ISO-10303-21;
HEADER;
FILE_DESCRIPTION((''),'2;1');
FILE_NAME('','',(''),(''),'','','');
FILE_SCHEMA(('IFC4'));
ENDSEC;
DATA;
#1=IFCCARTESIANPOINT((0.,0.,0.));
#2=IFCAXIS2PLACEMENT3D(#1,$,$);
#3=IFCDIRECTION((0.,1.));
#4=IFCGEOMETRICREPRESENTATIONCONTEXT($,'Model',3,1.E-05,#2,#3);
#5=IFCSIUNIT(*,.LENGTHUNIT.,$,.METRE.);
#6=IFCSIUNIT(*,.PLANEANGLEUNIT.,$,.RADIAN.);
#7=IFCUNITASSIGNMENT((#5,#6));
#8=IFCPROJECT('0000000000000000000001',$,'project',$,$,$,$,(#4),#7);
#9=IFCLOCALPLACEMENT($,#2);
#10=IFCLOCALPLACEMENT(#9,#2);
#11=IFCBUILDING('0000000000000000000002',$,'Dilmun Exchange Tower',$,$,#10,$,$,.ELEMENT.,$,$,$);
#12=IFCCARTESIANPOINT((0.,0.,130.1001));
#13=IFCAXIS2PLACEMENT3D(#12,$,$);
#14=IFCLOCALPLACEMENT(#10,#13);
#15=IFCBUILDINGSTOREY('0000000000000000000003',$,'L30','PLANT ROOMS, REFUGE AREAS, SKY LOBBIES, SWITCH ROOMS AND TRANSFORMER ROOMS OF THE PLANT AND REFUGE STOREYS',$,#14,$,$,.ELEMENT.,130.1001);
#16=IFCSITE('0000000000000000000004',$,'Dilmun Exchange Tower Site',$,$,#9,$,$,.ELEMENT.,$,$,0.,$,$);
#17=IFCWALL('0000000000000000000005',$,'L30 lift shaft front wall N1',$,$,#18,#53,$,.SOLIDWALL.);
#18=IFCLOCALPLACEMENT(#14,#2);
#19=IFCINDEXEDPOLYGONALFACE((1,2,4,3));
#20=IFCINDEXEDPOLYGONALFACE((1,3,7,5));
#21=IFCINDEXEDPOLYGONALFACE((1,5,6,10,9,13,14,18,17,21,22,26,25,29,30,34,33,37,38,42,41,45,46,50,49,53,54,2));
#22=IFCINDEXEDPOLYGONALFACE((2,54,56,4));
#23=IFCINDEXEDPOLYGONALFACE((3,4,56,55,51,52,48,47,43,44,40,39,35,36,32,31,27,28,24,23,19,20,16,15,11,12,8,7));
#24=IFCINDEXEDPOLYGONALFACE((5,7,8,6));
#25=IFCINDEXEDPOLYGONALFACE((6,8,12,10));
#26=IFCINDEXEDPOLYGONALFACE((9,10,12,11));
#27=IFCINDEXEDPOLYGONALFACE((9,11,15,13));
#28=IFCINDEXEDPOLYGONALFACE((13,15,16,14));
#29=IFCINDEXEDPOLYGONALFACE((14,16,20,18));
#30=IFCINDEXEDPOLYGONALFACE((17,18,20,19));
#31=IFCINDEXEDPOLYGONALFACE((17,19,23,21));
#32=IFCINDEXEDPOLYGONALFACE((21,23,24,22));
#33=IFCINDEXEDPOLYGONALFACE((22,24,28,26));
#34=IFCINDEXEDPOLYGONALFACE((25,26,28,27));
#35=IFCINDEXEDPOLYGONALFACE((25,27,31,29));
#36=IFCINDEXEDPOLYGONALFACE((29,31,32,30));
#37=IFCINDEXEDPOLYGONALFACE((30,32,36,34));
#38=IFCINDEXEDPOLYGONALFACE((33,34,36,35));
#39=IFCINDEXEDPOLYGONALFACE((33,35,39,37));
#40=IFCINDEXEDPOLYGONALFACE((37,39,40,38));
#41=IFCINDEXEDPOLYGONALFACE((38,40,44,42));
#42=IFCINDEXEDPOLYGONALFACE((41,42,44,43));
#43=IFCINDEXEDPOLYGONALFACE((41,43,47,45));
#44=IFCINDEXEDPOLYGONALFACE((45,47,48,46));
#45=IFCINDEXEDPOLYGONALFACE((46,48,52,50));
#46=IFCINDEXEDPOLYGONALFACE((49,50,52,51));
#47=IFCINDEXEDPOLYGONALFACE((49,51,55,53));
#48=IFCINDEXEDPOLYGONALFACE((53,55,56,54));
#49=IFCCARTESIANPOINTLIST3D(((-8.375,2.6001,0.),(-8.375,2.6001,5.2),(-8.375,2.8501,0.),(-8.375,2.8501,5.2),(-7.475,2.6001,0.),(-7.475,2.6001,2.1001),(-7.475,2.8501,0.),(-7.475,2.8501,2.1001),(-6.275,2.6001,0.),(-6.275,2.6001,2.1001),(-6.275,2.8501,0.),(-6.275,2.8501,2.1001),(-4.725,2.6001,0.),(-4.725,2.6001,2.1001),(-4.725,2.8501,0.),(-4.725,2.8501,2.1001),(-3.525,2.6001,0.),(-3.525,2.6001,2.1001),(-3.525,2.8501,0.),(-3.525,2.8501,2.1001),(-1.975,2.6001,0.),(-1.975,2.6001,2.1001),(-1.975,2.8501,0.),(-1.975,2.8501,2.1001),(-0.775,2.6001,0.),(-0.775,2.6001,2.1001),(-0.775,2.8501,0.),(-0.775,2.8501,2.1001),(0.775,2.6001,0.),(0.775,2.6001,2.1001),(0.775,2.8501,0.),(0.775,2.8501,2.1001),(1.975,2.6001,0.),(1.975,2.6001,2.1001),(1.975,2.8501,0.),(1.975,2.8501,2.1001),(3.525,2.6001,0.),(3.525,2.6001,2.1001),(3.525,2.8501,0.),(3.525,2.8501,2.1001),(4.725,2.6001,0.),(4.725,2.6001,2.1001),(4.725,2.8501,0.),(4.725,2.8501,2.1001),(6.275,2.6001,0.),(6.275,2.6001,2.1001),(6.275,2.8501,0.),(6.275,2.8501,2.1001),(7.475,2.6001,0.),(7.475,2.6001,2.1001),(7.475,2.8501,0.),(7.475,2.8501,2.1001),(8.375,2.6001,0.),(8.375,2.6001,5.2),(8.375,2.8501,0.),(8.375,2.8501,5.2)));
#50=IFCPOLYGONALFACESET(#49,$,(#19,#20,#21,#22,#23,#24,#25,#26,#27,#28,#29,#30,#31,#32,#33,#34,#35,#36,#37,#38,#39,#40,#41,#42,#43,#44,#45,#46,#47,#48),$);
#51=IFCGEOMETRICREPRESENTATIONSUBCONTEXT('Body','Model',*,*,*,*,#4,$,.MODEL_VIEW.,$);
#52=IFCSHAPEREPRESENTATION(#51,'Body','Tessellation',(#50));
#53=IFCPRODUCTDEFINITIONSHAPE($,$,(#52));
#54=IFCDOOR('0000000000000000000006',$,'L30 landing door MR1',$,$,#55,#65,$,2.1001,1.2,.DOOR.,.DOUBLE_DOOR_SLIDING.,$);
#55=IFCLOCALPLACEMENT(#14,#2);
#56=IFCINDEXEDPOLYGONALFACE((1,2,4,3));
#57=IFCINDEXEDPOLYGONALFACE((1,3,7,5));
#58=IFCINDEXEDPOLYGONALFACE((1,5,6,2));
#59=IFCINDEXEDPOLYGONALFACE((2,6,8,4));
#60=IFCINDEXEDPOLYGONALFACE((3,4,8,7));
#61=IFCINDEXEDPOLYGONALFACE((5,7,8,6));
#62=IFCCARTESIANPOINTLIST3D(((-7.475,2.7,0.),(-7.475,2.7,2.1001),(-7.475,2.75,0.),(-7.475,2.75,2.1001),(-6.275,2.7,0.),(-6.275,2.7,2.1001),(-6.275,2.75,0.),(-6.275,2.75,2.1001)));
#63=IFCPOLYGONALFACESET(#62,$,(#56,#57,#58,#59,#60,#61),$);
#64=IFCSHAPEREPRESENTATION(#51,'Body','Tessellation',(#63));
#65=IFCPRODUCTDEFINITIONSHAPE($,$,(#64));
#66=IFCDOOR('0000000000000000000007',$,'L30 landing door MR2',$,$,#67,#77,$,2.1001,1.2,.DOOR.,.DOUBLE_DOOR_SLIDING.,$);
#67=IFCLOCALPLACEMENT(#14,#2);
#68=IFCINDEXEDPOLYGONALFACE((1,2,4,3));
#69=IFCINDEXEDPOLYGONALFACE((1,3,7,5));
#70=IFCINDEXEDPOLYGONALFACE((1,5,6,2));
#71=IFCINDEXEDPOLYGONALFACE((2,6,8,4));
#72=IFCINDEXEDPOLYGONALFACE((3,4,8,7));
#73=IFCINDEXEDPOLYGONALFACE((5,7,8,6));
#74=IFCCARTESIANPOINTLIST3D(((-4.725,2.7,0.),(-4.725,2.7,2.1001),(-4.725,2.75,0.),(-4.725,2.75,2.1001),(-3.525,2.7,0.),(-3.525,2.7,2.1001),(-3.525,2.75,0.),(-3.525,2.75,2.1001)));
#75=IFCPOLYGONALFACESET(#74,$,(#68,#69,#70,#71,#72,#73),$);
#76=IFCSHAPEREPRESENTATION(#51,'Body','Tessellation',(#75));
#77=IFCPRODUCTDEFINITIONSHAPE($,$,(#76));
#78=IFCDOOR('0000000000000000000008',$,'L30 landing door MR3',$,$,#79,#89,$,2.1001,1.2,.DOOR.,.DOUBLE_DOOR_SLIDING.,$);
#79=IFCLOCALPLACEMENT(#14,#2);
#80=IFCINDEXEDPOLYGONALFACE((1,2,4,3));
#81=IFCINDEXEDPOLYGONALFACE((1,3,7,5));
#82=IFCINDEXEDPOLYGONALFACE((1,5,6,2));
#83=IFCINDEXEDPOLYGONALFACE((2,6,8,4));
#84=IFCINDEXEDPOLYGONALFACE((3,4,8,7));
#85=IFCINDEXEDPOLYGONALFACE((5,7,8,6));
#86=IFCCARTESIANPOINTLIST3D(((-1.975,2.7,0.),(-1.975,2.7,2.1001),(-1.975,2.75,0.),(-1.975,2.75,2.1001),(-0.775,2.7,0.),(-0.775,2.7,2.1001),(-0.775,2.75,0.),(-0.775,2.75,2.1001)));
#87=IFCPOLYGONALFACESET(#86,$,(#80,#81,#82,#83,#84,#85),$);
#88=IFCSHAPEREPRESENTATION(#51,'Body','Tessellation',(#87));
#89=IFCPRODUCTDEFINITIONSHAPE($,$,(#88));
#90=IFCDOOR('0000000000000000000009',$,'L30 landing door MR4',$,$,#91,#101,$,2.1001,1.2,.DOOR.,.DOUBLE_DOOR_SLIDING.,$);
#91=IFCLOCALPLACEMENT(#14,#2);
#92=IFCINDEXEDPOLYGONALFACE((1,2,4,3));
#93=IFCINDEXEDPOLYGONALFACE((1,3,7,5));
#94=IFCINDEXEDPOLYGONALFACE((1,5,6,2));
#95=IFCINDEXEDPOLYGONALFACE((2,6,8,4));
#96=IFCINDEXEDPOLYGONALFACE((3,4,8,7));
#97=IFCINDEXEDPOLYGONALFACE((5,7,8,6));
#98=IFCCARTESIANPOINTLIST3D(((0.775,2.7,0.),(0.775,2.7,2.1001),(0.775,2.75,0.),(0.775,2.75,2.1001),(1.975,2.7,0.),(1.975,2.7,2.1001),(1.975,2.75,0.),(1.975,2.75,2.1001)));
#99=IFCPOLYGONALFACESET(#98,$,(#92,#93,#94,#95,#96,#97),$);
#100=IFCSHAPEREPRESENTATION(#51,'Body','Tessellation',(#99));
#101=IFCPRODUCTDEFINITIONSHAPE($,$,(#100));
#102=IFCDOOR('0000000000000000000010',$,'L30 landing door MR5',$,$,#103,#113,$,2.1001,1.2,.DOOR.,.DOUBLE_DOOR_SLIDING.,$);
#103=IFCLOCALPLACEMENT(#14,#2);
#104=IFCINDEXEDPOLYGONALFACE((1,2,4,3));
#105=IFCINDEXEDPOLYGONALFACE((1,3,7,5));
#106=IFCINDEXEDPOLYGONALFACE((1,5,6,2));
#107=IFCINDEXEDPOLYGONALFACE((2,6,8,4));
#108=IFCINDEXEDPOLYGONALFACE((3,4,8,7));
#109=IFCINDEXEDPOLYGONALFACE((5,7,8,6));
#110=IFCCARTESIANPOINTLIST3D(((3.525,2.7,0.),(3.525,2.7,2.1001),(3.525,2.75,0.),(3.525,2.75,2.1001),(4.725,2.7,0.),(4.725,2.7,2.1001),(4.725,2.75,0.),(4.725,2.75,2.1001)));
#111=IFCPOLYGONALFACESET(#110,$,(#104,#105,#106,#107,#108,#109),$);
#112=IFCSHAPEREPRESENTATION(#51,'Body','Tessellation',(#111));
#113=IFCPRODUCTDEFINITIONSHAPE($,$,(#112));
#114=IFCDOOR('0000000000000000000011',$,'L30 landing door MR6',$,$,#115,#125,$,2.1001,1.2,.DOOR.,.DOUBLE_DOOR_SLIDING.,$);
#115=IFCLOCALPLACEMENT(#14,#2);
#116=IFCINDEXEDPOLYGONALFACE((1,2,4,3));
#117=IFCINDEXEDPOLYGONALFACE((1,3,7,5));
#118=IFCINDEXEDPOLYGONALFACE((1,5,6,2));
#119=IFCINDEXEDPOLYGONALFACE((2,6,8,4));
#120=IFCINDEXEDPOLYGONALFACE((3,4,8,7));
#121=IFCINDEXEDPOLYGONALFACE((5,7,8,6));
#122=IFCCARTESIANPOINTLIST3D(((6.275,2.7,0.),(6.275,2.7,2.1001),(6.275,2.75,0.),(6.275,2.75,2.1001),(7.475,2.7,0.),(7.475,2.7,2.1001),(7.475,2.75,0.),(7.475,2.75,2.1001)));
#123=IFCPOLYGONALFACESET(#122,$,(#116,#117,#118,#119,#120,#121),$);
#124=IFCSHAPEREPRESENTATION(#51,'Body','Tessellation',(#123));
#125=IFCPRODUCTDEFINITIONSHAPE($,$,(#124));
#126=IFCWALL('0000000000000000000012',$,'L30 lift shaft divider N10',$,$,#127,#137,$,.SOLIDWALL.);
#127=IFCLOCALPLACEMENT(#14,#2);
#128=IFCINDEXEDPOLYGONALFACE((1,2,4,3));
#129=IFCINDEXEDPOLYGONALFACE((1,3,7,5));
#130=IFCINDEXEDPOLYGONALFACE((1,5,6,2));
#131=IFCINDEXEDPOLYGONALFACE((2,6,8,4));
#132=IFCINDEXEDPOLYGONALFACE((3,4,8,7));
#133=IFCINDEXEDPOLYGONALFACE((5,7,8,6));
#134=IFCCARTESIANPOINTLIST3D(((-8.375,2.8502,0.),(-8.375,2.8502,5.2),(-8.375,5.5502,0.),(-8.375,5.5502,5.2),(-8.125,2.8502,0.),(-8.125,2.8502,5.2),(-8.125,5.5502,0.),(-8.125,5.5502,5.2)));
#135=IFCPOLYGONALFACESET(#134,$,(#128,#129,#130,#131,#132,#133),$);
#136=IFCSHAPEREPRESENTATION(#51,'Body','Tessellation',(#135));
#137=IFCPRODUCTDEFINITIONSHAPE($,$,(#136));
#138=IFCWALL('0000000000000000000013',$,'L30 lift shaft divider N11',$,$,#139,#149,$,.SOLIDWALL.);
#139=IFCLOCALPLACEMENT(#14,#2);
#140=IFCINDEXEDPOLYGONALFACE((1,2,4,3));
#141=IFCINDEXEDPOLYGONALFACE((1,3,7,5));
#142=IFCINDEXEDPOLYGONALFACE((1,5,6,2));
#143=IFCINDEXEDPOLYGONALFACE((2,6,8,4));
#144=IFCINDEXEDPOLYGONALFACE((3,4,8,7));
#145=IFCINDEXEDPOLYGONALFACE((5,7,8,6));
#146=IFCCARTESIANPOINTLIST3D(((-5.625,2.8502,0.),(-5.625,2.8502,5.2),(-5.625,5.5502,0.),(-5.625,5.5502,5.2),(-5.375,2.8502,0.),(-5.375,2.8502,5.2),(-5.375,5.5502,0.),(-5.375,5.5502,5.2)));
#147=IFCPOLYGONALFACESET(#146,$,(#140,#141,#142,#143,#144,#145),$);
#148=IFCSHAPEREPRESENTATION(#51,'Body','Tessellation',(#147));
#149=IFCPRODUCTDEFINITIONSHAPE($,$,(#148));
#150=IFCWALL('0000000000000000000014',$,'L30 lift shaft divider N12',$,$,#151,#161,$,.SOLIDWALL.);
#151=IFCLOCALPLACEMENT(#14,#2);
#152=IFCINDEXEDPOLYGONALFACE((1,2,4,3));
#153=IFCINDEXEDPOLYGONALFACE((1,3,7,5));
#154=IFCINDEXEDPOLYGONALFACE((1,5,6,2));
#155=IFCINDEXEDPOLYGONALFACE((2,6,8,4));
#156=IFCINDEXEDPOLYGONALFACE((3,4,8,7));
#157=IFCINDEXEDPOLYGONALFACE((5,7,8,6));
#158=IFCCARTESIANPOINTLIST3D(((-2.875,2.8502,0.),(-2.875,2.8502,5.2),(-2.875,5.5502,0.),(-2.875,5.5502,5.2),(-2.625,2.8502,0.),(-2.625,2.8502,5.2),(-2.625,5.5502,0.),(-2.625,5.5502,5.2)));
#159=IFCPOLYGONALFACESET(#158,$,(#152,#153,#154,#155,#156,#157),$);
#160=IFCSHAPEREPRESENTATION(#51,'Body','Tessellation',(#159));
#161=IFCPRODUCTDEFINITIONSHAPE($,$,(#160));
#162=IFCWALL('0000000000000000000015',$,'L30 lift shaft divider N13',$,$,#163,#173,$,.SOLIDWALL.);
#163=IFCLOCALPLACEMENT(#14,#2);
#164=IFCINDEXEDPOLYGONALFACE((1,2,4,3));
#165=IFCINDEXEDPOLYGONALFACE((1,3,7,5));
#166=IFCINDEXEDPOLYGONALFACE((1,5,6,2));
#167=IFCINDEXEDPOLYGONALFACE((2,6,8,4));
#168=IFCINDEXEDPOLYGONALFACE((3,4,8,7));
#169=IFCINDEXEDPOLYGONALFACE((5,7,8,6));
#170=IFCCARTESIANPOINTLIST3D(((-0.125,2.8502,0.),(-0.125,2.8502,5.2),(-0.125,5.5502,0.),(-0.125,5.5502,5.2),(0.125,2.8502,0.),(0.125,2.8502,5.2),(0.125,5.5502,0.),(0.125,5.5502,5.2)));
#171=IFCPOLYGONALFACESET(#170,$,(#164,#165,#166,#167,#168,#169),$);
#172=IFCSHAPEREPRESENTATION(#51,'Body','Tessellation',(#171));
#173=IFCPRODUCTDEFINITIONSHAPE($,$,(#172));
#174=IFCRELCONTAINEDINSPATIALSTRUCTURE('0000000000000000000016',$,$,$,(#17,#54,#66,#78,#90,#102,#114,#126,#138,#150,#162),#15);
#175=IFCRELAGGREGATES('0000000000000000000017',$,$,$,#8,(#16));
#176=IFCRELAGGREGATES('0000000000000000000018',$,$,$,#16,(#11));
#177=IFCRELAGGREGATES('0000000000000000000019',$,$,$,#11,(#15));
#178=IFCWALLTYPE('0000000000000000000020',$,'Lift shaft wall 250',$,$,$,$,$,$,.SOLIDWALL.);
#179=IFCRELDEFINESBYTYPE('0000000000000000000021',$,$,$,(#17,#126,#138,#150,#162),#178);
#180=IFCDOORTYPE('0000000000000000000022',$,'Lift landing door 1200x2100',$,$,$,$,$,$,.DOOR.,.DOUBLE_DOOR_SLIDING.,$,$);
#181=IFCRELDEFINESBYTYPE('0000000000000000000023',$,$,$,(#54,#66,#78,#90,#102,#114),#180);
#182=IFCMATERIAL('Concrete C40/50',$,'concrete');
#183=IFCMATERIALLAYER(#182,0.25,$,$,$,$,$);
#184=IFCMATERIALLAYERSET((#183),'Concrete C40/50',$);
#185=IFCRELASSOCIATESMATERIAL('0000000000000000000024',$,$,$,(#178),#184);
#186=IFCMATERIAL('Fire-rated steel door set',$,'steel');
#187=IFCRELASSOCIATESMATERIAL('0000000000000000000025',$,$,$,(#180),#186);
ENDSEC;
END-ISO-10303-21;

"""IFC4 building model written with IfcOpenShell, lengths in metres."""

from ifc_helpers import new_model, si_unit, direction, frame, frame_2d, origin, place, context, subcontext, project, spatial, rectangle, extrude, material, layer, layer_set, type_object, element, fill, save


model = new_model("IFC4")

# Units and contexts
model_context = context("Model", 3, precision=1e-05, world=origin(), true_north=direction((0.0, 1.0)))
body_context = subcontext(model_context, "Body", "Model", "MODEL_VIEW")
ifc_project = project(units=[si_unit("LENGTHUNIT", "METRE"), si_unit("PLANEANGLEUNIT", "RADIAN")], contexts=[model_context])

# Site, building, storey
site_placement = place(None, origin())
site = spatial("IfcSite", under=ifc_project, at=site_placement, Name="Dilmun Exchange Tower Site", CompositionType="ELEMENT", RefElevation=0.0)
building_placement = place(site_placement, origin())
building = spatial("IfcBuilding", under=site, at=building_placement, Name="Dilmun Exchange Tower", CompositionType="ELEMENT")
storey_placement = place(building_placement, frame((0.0, 0.0, 130.1001)))
storey = spatial("IfcBuildingStorey", under=building, at=storey_placement, Name="L30", Description="PLANT ROOMS, REFUGE AREAS, SKY LOBBIES, SWITCH ROOMS AND TRANSFORMER ROOMS OF THE PLANT AND REFUGE STOREYS", CompositionType="ELEMENT", Elevation=130.1001)

# Shared definitions
ifc_material_1 = material(Name="Concrete C40/50", Category="concrete")

# Shared definitions
ifc_material_2 = material(Name="Fire-rated steel door set", Category="steel")

# Wall, openings, doors
ifc_layer_1 = layer(ifc_material_1, 0.25)
ifc_layer_set_1 = layer_set([ifc_layer_1], Name="Concrete C40/50")
wall_type_1 = type_object("IfcWallType", Name="Lift shaft wall 250", PredefinedType="SOLIDWALL", material=ifc_layer_set_1)
wall_1_placement = place(storey_placement, frame((-8.375, 2.7251, 0.0), z_axis=(0.0, 0.0, 1.0), x_axis=(1.0, 0.0, 0.0)))
wall_1 = element("IfcWall", 1, at=wall_1_placement, inside=storey, type_object=wall_type_1, Name="L30 lift shaft front wall N1", PredefinedType="SOLIDWALL", context=body_context, shape_type="SweptSolid", body=[
    extrude(rectangle(XDim=16.75, YDim=0.25, at=frame_2d((8.375, 0.0))), origin(), (0.0, 0.0, 1.0), 5.2),
])
opening_1_placement = place(wall_1_placement, frame((0.8999, 0.0, 0.0)))
opening_1 = element("IfcOpeningElement", 2, at=opening_1_placement, cuts=wall_1, PredefinedType="OPENING", context=body_context, shape_type="SweptSolid", body=[
    extrude(rectangle(XDim=1.2, YDim=2.1001, at=frame_2d((0.6001, 1.05))), frame((0.0, 0.135, 0.0), z_axis=(0.0, -1.0, 0.0), x_axis=(1.0, 0.0, 0.0)), (0.0, 0.0, 1.0), 0.27),
])
opening_2_placement = place(wall_1_placement, frame((3.6499, 0.0, 0.0)))
opening_2 = element("IfcOpeningElement", 3, at=opening_2_placement, cuts=wall_1, PredefinedType="OPENING", context=body_context, shape_type="SweptSolid", body=[
    extrude(rectangle(XDim=1.2, YDim=2.1001, at=frame_2d((0.6001, 1.05))), frame((0.0, 0.135, 0.0), z_axis=(0.0, -1.0, 0.0), x_axis=(1.0, 0.0, 0.0)), (0.0, 0.0, 1.0), 0.27),
])
opening_3_placement = place(wall_1_placement, frame((6.3999, 0.0, 0.0)))
opening_3 = element("IfcOpeningElement", 4, at=opening_3_placement, cuts=wall_1, PredefinedType="OPENING", context=body_context, shape_type="SweptSolid", body=[
    extrude(rectangle(XDim=1.2, YDim=2.1001, at=frame_2d((0.6001, 1.05))), frame((0.0, 0.135, 0.0), z_axis=(0.0, -1.0, 0.0), x_axis=(1.0, 0.0, 0.0)), (0.0, 0.0, 1.0), 0.27),
])
opening_4_placement = place(wall_1_placement, frame((9.1499, 0.0, 0.0)))
opening_4 = element("IfcOpeningElement", 5, at=opening_4_placement, cuts=wall_1, PredefinedType="OPENING", context=body_context, shape_type="SweptSolid", body=[
    extrude(rectangle(XDim=1.2, YDim=2.1001, at=frame_2d((0.6001, 1.05))), frame((0.0, 0.135, 0.0), z_axis=(0.0, -1.0, 0.0), x_axis=(1.0, 0.0, 0.0)), (0.0, 0.0, 1.0), 0.27),
])
opening_5_placement = place(wall_1_placement, frame((11.8999, 0.0, 0.0)))
opening_5 = element("IfcOpeningElement", 6, at=opening_5_placement, cuts=wall_1, PredefinedType="OPENING", context=body_context, shape_type="SweptSolid", body=[
    extrude(rectangle(XDim=1.2, YDim=2.1001, at=frame_2d((0.6001, 1.05))), frame((0.0, 0.135, 0.0), z_axis=(0.0, -1.0, 0.0), x_axis=(1.0, 0.0, 0.0)), (0.0, 0.0, 1.0), 0.27),
])
opening_6_placement = place(wall_1_placement, frame((14.6499, 0.0, 0.0)))
opening_6 = element("IfcOpeningElement", 7, at=opening_6_placement, cuts=wall_1, PredefinedType="OPENING", context=body_context, shape_type="SweptSolid", body=[
    extrude(rectangle(XDim=1.2, YDim=2.1001, at=frame_2d((0.6001, 1.05))), frame((0.0, 0.135, 0.0), z_axis=(0.0, -1.0, 0.0), x_axis=(1.0, 0.0, 0.0)), (0.0, 0.0, 1.0), 0.27),
])
door_type_1 = type_object("IfcDoorType", Name="Lift landing door 1200x2100", OperationType="DOUBLE_DOOR_SLIDING", PredefinedType="DOOR", material=ifc_material_2)
door_1_placement = place(opening_1_placement, origin())
door_1 = element("IfcDoor", 8, at=door_1_placement, inside=storey, type_object=door_type_1, Name="L30 landing door MR1", OperationType="DOUBLE_DOOR_SLIDING", OverallHeight=2.1001, OverallWidth=1.2, PredefinedType="DOOR", context=body_context, shape_type="SweptSolid", body=[
    extrude(rectangle(XDim=1.2, YDim=2.1001, at=frame_2d((0.6001, 1.05))), frame((0.0, 0.0249, 0.0), z_axis=(0.0, -1.0, 0.0), x_axis=(1.0, 0.0, 0.0)), (0.0, 0.0, 1.0), 0.05),
])
fill(opening_1, door_1)
door_2_placement = place(opening_2_placement, origin())
door_2 = element("IfcDoor", 9, at=door_2_placement, inside=storey, type_object=door_type_1, Name="L30 landing door MR2", OperationType="DOUBLE_DOOR_SLIDING", OverallHeight=2.1001, OverallWidth=1.2, PredefinedType="DOOR", context=body_context, shape_type="SweptSolid", body=[
    extrude(rectangle(XDim=1.2, YDim=2.1001, at=frame_2d((0.6001, 1.05))), frame((0.0, 0.0249, 0.0), z_axis=(0.0, -1.0, 0.0), x_axis=(1.0, 0.0, 0.0)), (0.0, 0.0, 1.0), 0.05),
])
fill(opening_2, door_2)
door_3_placement = place(opening_3_placement, origin())
door_3 = element("IfcDoor", 10, at=door_3_placement, inside=storey, type_object=door_type_1, Name="L30 landing door MR3", OperationType="DOUBLE_DOOR_SLIDING", OverallHeight=2.1001, OverallWidth=1.2, PredefinedType="DOOR", context=body_context, shape_type="SweptSolid", body=[
    extrude(rectangle(XDim=1.2, YDim=2.1001, at=frame_2d((0.6001, 1.05))), frame((0.0, 0.0249, 0.0), z_axis=(0.0, -1.0, 0.0), x_axis=(1.0, 0.0, 0.0)), (0.0, 0.0, 1.0), 0.05),
])
fill(opening_3, door_3)
door_4_placement = place(opening_4_placement, origin())
door_4 = element("IfcDoor", 11, at=door_4_placement, inside=storey, type_object=door_type_1, Name="L30 landing door MR4", OperationType="DOUBLE_DOOR_SLIDING", OverallHeight=2.1001, OverallWidth=1.2, PredefinedType="DOOR", context=body_context, shape_type="SweptSolid", body=[
    extrude(rectangle(XDim=1.2, YDim=2.1001, at=frame_2d((0.6001, 1.05))), frame((0.0, 0.0249, 0.0), z_axis=(0.0, -1.0, 0.0), x_axis=(1.0, 0.0, 0.0)), (0.0, 0.0, 1.0), 0.05),
])
fill(opening_4, door_4)
door_5_placement = place(opening_5_placement, origin())
door_5 = element("IfcDoor", 12, at=door_5_placement, inside=storey, type_object=door_type_1, Name="L30 landing door MR5", OperationType="DOUBLE_DOOR_SLIDING", OverallHeight=2.1001, OverallWidth=1.2, PredefinedType="DOOR", context=body_context, shape_type="SweptSolid", body=[
    extrude(rectangle(XDim=1.2, YDim=2.1001, at=frame_2d((0.6001, 1.05))), frame((0.0, 0.0249, 0.0), z_axis=(0.0, -1.0, 0.0), x_axis=(1.0, 0.0, 0.0)), (0.0, 0.0, 1.0), 0.05),
])
fill(opening_5, door_5)
door_6_placement = place(opening_6_placement, origin())
door_6 = element("IfcDoor", 13, at=door_6_placement, inside=storey, type_object=door_type_1, Name="L30 landing door MR6", OperationType="DOUBLE_DOOR_SLIDING", OverallHeight=2.1001, OverallWidth=1.2, PredefinedType="DOOR", context=body_context, shape_type="SweptSolid", body=[
    extrude(rectangle(XDim=1.2, YDim=2.1001, at=frame_2d((0.6001, 1.05))), frame((0.0, 0.0249, 0.0), z_axis=(0.0, -1.0, 0.0), x_axis=(1.0, 0.0, 0.0)), (0.0, 0.0, 1.0), 0.05),
])
fill(opening_6, door_6)

# Walls
for number, where, z_axis, x_axis, name in (
    (14, (-8.25, 2.8501, 0.0), (0.0, 0.0, 1.0), (0.0, 1.0, 0.0), "L30 lift shaft divider N10"),
    (15, (-5.5, 2.8501, 0.0), (0.0, 0.0, 1.0), (0.0, 1.0, 0.0), "L30 lift shaft divider N11"),
    (16, (-2.75, 2.8501, 0.0), (0.0, 0.0, 1.0), (0.0, 1.0, 0.0), "L30 lift shaft divider N12"),
    (17, (0.0, 2.8501, 0.0), (0.0, 0.0, 1.0), (0.0, 1.0, 0.0), "L30 lift shaft divider N13"),
):
    element("IfcWall", number, at=place(storey_placement, frame(where, z_axis=z_axis, x_axis=x_axis)), inside=storey, type_object=wall_type_1, Name=name, PredefinedType="SOLIDWALL", context=body_context, shape_type="SweptSolid", body=[
        extrude(rectangle(XDim=2.7, YDim=0.25, at=frame_2d((1.3501, 0.0))), origin(), (0.0, 0.0, 1.0), 5.2),
    ])

save(model, "model.ifc")
